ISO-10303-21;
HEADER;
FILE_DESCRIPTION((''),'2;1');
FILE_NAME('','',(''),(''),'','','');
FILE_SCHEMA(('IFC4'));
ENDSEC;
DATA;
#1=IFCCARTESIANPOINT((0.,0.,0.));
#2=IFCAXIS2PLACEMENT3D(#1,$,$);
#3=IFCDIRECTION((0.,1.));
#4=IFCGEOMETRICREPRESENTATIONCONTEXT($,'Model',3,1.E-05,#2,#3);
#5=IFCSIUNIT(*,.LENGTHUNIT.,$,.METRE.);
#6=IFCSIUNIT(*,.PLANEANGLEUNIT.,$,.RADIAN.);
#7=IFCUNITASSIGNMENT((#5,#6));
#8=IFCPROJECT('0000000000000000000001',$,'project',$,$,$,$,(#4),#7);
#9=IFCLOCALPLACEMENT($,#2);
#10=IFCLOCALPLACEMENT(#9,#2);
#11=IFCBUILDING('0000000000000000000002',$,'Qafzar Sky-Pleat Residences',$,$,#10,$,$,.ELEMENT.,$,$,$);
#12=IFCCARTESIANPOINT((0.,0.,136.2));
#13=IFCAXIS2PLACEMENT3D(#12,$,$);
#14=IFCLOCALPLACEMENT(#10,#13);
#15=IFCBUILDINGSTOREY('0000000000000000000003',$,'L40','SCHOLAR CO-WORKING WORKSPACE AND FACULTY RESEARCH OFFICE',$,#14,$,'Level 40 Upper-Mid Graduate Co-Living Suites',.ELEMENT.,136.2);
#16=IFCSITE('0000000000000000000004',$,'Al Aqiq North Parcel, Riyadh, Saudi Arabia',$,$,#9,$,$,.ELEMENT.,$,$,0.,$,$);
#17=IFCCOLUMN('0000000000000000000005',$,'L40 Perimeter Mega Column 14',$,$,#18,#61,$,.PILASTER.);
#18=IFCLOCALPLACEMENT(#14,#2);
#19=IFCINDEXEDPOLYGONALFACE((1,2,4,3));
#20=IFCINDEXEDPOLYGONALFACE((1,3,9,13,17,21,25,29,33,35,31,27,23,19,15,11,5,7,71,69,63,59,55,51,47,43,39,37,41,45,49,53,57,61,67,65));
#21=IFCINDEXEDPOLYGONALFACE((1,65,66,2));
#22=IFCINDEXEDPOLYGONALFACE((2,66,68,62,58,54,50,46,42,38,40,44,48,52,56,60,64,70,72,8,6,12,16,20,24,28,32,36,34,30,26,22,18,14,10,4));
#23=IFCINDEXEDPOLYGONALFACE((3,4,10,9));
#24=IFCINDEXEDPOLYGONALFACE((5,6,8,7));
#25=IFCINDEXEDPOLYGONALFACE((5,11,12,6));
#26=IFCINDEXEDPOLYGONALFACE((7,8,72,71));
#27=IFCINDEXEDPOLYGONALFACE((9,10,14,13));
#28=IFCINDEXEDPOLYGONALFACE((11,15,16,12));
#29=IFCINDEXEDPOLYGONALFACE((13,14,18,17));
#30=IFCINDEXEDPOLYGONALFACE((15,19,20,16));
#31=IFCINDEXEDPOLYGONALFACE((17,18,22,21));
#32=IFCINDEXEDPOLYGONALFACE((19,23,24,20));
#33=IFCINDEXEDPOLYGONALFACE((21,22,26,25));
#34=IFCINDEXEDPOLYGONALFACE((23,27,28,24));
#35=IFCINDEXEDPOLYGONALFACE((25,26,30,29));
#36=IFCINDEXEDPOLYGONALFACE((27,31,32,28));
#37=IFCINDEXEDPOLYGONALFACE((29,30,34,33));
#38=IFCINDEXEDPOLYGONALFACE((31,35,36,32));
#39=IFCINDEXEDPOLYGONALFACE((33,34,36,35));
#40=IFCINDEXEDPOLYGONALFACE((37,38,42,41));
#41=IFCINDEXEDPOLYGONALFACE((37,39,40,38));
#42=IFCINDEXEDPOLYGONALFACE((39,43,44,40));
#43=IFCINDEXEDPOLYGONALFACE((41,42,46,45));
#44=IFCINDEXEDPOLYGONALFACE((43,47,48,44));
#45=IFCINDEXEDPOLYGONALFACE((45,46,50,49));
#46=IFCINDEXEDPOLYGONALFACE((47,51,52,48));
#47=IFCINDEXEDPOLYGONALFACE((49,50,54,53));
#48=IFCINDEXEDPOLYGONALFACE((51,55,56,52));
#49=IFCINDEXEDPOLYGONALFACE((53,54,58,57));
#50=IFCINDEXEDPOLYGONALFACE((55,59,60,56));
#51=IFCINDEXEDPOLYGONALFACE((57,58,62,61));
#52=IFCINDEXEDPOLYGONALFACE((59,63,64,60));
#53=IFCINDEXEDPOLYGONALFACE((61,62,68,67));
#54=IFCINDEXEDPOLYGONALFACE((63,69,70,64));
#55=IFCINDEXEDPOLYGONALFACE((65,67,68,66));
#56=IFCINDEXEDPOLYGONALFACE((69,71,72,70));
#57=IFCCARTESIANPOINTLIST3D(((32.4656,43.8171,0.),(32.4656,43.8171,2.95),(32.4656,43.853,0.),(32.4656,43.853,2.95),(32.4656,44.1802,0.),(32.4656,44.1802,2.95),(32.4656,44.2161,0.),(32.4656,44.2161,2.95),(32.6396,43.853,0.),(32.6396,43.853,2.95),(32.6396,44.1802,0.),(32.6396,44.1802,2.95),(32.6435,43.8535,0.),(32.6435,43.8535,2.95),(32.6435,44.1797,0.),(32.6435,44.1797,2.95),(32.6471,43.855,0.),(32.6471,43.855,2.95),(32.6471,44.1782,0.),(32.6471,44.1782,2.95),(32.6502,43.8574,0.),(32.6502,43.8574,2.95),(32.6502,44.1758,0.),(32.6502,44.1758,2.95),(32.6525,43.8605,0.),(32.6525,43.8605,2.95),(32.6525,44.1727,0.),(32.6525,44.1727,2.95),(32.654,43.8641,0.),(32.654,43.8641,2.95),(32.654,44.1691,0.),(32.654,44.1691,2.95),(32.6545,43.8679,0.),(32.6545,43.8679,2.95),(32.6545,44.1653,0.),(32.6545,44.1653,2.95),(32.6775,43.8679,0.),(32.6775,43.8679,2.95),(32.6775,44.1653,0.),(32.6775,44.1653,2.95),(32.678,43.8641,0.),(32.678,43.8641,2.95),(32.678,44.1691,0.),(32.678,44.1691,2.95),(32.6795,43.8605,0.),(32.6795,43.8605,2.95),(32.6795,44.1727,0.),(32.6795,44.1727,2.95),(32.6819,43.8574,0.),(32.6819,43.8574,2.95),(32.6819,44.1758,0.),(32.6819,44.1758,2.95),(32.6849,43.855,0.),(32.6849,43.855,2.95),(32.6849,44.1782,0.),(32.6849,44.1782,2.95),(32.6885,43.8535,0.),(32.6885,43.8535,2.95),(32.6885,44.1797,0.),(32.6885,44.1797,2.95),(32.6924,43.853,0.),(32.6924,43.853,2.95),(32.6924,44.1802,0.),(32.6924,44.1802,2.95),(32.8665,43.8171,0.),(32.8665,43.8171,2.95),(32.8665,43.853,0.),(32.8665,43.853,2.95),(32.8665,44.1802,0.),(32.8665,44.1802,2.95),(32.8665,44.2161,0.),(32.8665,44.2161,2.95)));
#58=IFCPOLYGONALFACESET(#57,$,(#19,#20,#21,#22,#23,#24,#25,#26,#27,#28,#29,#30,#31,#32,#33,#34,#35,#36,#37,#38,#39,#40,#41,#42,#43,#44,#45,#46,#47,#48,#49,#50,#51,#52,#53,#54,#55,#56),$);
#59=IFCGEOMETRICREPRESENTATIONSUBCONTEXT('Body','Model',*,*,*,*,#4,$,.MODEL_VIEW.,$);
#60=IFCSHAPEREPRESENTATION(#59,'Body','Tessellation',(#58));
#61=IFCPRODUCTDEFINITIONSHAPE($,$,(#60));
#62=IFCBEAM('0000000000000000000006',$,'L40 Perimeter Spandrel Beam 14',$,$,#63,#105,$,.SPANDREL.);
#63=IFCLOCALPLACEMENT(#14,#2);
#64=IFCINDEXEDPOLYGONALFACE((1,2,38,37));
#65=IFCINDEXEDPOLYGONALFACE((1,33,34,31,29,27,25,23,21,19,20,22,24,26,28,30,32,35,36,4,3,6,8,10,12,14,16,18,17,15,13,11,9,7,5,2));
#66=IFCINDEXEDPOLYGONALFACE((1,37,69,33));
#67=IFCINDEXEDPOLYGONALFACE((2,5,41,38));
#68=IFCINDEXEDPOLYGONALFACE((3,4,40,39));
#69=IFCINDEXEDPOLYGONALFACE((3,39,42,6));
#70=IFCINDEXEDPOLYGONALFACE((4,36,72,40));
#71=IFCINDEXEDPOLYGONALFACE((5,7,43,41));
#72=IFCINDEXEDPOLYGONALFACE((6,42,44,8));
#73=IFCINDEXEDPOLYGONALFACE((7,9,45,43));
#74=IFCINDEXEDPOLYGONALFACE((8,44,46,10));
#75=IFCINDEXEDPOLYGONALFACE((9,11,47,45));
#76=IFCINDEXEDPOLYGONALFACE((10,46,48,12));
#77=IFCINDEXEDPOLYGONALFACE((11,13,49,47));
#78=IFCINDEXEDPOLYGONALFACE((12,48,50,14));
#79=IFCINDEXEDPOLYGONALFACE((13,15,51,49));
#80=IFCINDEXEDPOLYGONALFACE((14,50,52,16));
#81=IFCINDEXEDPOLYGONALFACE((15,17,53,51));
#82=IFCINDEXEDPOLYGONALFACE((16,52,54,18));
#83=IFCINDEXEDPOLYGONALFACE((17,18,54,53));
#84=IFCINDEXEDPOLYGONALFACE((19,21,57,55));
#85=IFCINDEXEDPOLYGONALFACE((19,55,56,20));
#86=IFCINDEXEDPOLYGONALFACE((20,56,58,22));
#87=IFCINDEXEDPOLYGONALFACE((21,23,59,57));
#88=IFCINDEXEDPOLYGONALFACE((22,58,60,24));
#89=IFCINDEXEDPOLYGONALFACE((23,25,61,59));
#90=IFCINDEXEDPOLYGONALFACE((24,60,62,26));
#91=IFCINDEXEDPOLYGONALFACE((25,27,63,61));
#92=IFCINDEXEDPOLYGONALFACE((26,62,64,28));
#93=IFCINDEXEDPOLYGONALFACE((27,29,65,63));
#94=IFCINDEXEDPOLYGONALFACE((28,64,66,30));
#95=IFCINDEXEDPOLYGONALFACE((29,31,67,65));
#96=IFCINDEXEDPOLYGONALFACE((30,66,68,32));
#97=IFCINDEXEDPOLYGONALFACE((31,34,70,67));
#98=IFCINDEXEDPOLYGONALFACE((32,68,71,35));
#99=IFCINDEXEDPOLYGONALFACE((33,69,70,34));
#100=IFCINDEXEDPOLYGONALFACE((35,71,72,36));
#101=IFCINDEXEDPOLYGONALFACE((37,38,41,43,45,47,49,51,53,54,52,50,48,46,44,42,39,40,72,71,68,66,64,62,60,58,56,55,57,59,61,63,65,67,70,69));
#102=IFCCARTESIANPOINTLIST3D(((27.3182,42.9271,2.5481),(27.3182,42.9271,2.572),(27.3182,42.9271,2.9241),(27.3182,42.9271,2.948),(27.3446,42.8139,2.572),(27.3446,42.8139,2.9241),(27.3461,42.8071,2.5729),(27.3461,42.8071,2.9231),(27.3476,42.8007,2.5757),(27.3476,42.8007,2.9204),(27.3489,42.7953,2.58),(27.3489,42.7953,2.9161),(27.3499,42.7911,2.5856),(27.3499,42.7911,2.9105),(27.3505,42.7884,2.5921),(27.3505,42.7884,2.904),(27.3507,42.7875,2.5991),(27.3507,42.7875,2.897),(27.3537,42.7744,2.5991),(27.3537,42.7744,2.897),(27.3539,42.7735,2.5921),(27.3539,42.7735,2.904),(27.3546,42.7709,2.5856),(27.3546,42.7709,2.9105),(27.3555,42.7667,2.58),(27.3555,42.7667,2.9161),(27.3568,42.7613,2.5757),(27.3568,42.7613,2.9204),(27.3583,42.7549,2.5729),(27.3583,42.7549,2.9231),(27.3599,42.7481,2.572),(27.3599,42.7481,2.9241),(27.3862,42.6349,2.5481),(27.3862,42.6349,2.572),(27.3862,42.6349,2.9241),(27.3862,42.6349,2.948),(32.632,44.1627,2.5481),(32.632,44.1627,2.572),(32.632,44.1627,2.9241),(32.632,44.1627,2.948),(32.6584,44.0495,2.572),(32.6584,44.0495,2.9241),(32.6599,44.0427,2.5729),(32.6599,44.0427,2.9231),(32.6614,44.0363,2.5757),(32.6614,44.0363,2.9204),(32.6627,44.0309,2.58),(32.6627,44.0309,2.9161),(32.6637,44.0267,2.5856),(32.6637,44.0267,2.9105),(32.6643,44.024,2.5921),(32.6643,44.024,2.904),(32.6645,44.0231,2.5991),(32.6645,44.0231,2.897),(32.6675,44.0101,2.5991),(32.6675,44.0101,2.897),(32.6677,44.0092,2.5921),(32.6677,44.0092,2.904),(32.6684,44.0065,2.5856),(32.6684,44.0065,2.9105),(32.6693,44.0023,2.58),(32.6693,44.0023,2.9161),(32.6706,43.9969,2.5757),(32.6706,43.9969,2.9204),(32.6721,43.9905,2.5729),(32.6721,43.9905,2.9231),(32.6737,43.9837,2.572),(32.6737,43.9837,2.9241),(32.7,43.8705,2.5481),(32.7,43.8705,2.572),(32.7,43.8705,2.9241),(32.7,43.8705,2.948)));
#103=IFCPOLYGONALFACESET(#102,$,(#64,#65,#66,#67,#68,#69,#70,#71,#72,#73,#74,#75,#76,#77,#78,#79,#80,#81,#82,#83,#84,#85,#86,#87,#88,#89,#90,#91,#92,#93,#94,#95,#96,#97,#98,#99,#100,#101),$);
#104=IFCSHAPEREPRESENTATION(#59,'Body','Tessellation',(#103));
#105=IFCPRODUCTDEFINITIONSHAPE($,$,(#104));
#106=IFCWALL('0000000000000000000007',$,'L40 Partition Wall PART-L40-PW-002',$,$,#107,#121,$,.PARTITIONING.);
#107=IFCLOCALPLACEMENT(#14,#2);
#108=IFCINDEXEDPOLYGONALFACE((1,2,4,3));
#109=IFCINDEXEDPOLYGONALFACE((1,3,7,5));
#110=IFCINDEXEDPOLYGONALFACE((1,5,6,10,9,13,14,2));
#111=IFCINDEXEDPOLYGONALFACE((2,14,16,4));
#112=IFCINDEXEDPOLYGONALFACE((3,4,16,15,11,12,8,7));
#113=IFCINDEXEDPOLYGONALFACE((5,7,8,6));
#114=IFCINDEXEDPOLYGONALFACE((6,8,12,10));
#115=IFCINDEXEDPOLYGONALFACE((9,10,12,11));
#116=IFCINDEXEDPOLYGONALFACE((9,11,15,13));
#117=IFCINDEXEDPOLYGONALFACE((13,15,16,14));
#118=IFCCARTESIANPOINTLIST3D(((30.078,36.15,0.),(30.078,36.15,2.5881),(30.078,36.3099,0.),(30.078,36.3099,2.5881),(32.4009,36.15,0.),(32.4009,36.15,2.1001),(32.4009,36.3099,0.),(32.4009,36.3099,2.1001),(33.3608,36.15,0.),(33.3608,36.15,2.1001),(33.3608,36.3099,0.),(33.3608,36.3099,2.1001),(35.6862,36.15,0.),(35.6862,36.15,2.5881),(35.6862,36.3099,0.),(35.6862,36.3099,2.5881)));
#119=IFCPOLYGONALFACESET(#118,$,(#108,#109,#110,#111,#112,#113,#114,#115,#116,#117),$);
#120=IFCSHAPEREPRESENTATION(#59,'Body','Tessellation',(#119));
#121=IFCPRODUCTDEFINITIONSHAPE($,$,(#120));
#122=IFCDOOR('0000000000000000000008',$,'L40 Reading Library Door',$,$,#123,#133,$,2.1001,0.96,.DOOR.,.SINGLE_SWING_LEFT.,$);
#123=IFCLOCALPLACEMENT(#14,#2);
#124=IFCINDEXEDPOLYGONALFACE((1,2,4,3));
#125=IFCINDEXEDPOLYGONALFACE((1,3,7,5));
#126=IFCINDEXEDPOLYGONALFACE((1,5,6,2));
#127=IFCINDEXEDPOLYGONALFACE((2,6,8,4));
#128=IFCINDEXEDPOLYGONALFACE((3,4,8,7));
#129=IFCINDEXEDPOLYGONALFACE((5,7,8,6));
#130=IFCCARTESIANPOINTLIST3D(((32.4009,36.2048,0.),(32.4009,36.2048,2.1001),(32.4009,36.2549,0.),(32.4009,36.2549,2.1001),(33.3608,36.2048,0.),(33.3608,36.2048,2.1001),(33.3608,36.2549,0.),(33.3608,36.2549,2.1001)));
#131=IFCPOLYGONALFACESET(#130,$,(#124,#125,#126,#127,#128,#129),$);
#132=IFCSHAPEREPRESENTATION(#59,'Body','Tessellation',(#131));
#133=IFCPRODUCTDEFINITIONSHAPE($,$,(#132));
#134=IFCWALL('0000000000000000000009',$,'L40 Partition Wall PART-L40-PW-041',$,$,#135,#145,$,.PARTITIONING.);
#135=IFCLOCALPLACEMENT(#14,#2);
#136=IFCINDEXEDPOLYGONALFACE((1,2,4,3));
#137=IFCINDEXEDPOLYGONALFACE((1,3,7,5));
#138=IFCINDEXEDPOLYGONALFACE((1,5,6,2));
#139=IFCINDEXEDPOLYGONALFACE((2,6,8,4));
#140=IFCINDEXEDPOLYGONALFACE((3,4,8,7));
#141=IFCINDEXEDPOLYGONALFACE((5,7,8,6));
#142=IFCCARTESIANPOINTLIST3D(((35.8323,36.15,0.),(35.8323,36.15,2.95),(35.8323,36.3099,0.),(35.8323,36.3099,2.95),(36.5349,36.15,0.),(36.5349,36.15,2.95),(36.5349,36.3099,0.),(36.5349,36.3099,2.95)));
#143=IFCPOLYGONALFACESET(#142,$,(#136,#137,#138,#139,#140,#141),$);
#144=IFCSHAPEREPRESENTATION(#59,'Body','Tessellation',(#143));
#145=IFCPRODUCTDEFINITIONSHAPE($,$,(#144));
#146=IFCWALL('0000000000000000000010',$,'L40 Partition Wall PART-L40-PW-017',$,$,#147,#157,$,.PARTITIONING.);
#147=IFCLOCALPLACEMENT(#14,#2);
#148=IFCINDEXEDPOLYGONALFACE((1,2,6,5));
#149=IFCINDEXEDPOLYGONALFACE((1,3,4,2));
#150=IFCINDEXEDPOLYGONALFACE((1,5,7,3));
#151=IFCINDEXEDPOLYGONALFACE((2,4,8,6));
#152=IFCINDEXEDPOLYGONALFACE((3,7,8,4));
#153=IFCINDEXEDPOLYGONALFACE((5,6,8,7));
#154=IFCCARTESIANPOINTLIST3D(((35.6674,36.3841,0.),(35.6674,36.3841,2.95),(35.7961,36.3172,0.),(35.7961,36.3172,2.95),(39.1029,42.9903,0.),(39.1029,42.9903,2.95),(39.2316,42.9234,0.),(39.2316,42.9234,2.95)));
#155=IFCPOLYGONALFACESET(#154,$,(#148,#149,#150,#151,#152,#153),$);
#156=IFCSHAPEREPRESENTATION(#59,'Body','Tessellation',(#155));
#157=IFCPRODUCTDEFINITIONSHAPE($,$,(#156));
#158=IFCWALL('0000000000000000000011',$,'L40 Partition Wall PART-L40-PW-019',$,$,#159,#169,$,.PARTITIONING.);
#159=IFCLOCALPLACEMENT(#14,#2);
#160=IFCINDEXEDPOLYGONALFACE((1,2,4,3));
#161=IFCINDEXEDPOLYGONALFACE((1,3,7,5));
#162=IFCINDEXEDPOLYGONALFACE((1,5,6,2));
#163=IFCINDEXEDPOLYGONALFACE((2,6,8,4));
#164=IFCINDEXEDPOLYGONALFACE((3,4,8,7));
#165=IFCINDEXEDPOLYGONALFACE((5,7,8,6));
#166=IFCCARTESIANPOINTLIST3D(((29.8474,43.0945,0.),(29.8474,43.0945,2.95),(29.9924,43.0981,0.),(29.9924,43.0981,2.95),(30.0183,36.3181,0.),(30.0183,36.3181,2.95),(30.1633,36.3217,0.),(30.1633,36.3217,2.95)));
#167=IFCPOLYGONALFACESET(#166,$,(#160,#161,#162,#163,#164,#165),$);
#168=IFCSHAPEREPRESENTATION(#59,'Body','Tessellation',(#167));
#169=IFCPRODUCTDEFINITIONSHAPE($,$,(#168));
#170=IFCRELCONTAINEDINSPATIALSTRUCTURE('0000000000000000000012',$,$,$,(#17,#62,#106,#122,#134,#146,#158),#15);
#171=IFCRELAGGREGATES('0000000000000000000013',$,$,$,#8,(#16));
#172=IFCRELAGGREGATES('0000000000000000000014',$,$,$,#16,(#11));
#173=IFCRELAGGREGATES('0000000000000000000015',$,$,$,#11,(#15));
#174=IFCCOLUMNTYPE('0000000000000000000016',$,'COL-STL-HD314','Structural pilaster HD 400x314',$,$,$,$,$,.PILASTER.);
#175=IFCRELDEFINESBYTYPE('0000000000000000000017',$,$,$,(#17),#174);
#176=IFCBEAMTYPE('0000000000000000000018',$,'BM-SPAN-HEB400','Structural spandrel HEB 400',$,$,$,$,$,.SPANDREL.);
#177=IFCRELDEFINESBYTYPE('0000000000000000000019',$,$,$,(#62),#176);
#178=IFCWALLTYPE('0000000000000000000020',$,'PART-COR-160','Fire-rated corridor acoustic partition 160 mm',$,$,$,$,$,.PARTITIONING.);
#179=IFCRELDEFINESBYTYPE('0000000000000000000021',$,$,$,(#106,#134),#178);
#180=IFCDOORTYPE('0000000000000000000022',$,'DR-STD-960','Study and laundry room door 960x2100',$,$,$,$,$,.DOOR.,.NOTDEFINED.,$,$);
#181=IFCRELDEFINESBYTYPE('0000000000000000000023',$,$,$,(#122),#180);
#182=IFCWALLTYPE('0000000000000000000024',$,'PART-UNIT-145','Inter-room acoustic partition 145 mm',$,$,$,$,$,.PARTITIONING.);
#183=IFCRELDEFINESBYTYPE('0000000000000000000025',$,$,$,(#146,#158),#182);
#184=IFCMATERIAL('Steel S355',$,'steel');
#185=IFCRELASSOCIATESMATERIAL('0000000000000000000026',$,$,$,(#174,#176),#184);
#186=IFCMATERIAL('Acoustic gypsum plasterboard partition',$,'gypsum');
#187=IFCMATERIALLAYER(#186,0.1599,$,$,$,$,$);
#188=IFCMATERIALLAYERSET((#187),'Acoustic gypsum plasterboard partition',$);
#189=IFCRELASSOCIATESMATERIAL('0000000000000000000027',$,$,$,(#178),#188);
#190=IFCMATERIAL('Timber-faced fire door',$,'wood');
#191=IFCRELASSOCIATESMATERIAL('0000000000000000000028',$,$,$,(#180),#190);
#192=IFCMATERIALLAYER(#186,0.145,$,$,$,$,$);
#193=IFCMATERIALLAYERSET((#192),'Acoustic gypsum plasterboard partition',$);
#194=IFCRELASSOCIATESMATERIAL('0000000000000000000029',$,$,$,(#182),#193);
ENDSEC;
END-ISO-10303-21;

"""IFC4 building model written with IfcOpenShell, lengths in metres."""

from ifc_helpers import new_model, si_unit, direction, frame, frame_2d, origin, origin_2d, place, context, subcontext, project, spatial, rectangle, i_section, extrude, source, transform, mapped, material, layer, layer_set, material_profile, profile_set, type_object, element, fill, save


model = new_model("IFC4")

# Units and contexts
model_context = context("Model", 3, precision=1e-05, world=origin(), true_north=direction((0.0, 1.0)))
body_context = subcontext(model_context, "Body", "Model", "MODEL_VIEW")
ifc_project = project(units=[si_unit("LENGTHUNIT", "METRE"), si_unit("PLANEANGLEUNIT", "RADIAN")], contexts=[model_context])

# Site, building, storey
site_placement = place(None, origin())
site = spatial("IfcSite", under=ifc_project, at=site_placement, Name="Al Aqiq North Parcel, Riyadh, Saudi Arabia", CompositionType="ELEMENT", RefElevation=0.0)
building_placement = place(site_placement, origin())
building = spatial("IfcBuilding", under=site, at=building_placement, Name="Qafzar Sky-Pleat Residences", CompositionType="ELEMENT")
storey_placement = place(building_placement, frame((0.0, 0.0, 136.2)))
storey = spatial("IfcBuildingStorey", under=building, at=storey_placement, Name="L40", Description="SCHOLAR CO-WORKING WORKSPACE AND FACULTY RESEARCH OFFICE", LongName="Level 40 Upper-Mid Graduate Co-Living Suites", CompositionType="ELEMENT", Elevation=136.2)

# Column
ifc_material_1 = material(Name="Steel S355", Category="steel")
ifc_material_profile_1 = material_profile(ifc_material_1, i_section(OverallWidth=0.4009, OverallDepth=0.3989, WebThickness=0.0229, FlangeThickness=0.0359, FilletRadius=0.0149, at=origin_2d()), Name="HD 400x314")
ifc_profile_set_1 = profile_set([ifc_material_profile_1], Name="Steel S355")
column_type = type_object("IfcColumnType", Name="COL-STL-HD314", Description="Structural pilaster HD 400x314", PredefinedType="PILASTER", material=ifc_profile_set_1)
shared_shape_1 = source(origin(), body_context, "Body", "SweptSolid", [
    extrude(i_section(OverallWidth=0.4009, OverallDepth=0.3989, WebThickness=0.0229, FlangeThickness=0.0359, FilletRadius=0.0149, at=origin_2d()), origin(), (0.0, 0.0, 1.0), 2.95),
])
column_placement = place(storey_placement, frame((32.666, 44.0166, 0.0), z_axis=(0.0, 0.0, 1.0), x_axis=(1.0, 0.0, 0.0)))
element("IfcColumn", 1, at=column_placement, inside=storey, type_object=column_type, Name="L40 Perimeter Mega Column 14", PredefinedType="PILASTER", context=body_context, shape_type="MappedRepresentation", body=[
    mapped(shared_shape_1, transform((0.0, 0.0, 0.0), x_axis=(1.0, 0.0, 0.0), y_axis=(0.0, 1.0, 0.0), z_axis=(0.0, 0.0, 1.0), scale=1.0)),
])

# Beam
ifc_material_profile_2 = material_profile(ifc_material_1, i_section(OverallWidth=0.3, OverallDepth=0.3999, WebThickness=0.0134, FlangeThickness=0.0239, FilletRadius=0.0271, at=origin_2d()), Name="HEB 400")
ifc_profile_set_2 = profile_set([ifc_material_profile_2], Name="Steel S355")
beam_type = type_object("IfcBeamType", Name="BM-SPAN-HEB400", Description="Structural spandrel HEB 400", PredefinedType="SPANDREL", material=ifc_profile_set_2)
shared_shape_2 = source(origin(), body_context, "Body", "SweptSolid", [
    extrude(i_section(OverallWidth=0.3, OverallDepth=0.3999, WebThickness=0.0134, FlangeThickness=0.0239, FilletRadius=0.0271, at=origin_2d()), origin(), (0.0, 0.0, 1.0), 5.4556),
])
beam_placement = place(storey_placement, frame((32.666, 44.0166, 2.748), z_axis=(-0.974014, -0.226487, 0.0), x_axis=(0.226487, -0.974014, 0.0)))
element("IfcBeam", 2, at=beam_placement, inside=storey, type_object=beam_type, Name="L40 Perimeter Spandrel Beam 14", PredefinedType="SPANDREL", context=body_context, shape_type="MappedRepresentation", body=[
    mapped(shared_shape_2, transform((0.0, 0.0, 0.0), x_axis=(1.0, 0.0, 0.0), y_axis=(0.0, 1.0, 0.0), z_axis=(0.0, 0.0, 1.0), scale=1.0)),
])

# Wall, opening, door
ifc_material_2 = material(Name="Acoustic gypsum plasterboard partition", Category="gypsum")
ifc_layer_1 = layer(ifc_material_2, 0.1599)
ifc_layer_set_1 = layer_set([ifc_layer_1], Name="Acoustic gypsum plasterboard partition")
wall_type_1 = type_object("IfcWallType", Name="PART-COR-160", Description="Fire-rated corridor acoustic partition 160 mm", PredefinedType="PARTITIONING", material=ifc_layer_set_1)
wall_1_placement = place(storey_placement, frame((30.0779, 36.23, 0.0), z_axis=(0.0, 0.0, 1.0), x_axis=(1.0, 0.0, 0.0)))
wall_1 = element("IfcWall", 3, at=wall_1_placement, inside=storey, type_object=wall_type_1, Name="L40 Partition Wall PART-L40-PW-002", PredefinedType="PARTITIONING", context=body_context, shape_type="SweptSolid", body=[
    extrude(rectangle(XDim=5.6082, YDim=0.1599, at=frame_2d((2.8042, 0.0))), origin(), (0.0, 0.0, 1.0), 2.5881),
])
opening_1_placement = place(wall_1_placement, frame((2.323, 0.0, 0.0)))
opening_1 = element("IfcOpeningElement", 4, at=opening_1_placement, cuts=wall_1, PredefinedType="OPENING", context=body_context, shape_type="SweptSolid", body=[
    extrude(rectangle(XDim=0.96, YDim=2.1001, at=frame_2d((0.48, 1.05))), frame((0.0, 0.0898, 0.0), z_axis=(0.0, -1.0, 0.0), x_axis=(1.0, 0.0, 0.0)), (0.0, 0.0, 1.0), 0.1799),
])
ifc_material_3 = material(Name="Timber-faced fire door", Category="wood")
door_type_1 = type_object("IfcDoorType", Name="DR-STD-960", Description="Study and laundry room door 960x2100", OperationType="NOTDEFINED", PredefinedType="DOOR", material=ifc_material_3)
shared_shape_3 = source(origin(), body_context, "Body", "SweptSolid", [
    extrude(rectangle(XDim=0.96, YDim=2.1001, at=frame_2d((0.48, 1.05))), frame((0.0, 0.0249, 0.0), z_axis=(0.0, -1.0, 0.0), x_axis=(1.0, 0.0, 0.0)), (0.0, 0.0, 1.0), 0.05),
])
door_1_placement = place(opening_1_placement, origin())
door_1 = element("IfcDoor", 5, at=door_1_placement, inside=storey, type_object=door_type_1, Name="L40 Reading Library Door", OperationType="SINGLE_SWING_LEFT", OverallHeight=2.1001, OverallWidth=0.96, PredefinedType="DOOR", context=body_context, shape_type="MappedRepresentation", body=[
    mapped(shared_shape_3, transform((0.0, 0.0, 0.0), x_axis=(1.0, 0.0, 0.0), y_axis=(0.0, 1.0, 0.0), z_axis=(0.0, 0.0, 1.0), scale=1.0)),
])
fill(opening_1, door_1)

# Walls
wall_2_placement = place(storey_placement, frame((35.8323, 36.23, 0.0), z_axis=(0.0, 0.0, 1.0), x_axis=(1.0, 0.0, 0.0)))
element("IfcWall", 6, at=wall_2_placement, inside=storey, type_object=wall_type_1, Name="L40 Partition Wall PART-L40-PW-041", PredefinedType="PARTITIONING", context=body_context, shape_type="SweptSolid", body=[
    extrude(rectangle(XDim=0.7026, YDim=0.1599, at=frame_2d((0.3513, 0.0))), origin(), (0.0, 0.0, 1.0), 2.95),
])
ifc_layer_2 = layer(ifc_material_2, 0.145)
ifc_layer_set_2 = layer_set([ifc_layer_2], Name="Acoustic gypsum plasterboard partition")
wall_type_2 = type_object("IfcWallType", Name="PART-UNIT-145", Description="Inter-room acoustic partition 145 mm", PredefinedType="PARTITIONING", material=ifc_layer_set_2)
wall_3_placement = place(storey_placement, frame((35.7317, 36.3506, 0.0), z_axis=(0.0, 0.0, 1.0), x_axis=(0.461387, 0.887199, 0.0)))
element("IfcWall", 7, at=wall_3_placement, inside=storey, type_object=wall_type_2, Name="L40 Partition Wall PART-L40-PW-017", PredefinedType="PARTITIONING", context=body_context, shape_type="SweptSolid", body=[
    extrude(rectangle(XDim=7.446, YDim=0.145, at=frame_2d((3.7231, 0.0))), origin(), (0.0, 0.0, 1.0), 2.95),
])
wall_4_placement = place(storey_placement, frame((29.9199, 43.0962, 0.0), z_axis=(0.0, 0.0, 1.0), x_axis=(0.025212, -0.999682, 0.0)))
element("IfcWall", 8, at=wall_4_placement, inside=storey, type_object=wall_type_2, Name="L40 Partition Wall PART-L40-PW-019", PredefinedType="PARTITIONING", context=body_context, shape_type="SweptSolid", body=[
    extrude(rectangle(XDim=6.7786, YDim=0.145, at=frame_2d((3.3892, 0.0))), origin(), (0.0, 0.0, 1.0), 2.95),
])

save(model, "model.ifc")
